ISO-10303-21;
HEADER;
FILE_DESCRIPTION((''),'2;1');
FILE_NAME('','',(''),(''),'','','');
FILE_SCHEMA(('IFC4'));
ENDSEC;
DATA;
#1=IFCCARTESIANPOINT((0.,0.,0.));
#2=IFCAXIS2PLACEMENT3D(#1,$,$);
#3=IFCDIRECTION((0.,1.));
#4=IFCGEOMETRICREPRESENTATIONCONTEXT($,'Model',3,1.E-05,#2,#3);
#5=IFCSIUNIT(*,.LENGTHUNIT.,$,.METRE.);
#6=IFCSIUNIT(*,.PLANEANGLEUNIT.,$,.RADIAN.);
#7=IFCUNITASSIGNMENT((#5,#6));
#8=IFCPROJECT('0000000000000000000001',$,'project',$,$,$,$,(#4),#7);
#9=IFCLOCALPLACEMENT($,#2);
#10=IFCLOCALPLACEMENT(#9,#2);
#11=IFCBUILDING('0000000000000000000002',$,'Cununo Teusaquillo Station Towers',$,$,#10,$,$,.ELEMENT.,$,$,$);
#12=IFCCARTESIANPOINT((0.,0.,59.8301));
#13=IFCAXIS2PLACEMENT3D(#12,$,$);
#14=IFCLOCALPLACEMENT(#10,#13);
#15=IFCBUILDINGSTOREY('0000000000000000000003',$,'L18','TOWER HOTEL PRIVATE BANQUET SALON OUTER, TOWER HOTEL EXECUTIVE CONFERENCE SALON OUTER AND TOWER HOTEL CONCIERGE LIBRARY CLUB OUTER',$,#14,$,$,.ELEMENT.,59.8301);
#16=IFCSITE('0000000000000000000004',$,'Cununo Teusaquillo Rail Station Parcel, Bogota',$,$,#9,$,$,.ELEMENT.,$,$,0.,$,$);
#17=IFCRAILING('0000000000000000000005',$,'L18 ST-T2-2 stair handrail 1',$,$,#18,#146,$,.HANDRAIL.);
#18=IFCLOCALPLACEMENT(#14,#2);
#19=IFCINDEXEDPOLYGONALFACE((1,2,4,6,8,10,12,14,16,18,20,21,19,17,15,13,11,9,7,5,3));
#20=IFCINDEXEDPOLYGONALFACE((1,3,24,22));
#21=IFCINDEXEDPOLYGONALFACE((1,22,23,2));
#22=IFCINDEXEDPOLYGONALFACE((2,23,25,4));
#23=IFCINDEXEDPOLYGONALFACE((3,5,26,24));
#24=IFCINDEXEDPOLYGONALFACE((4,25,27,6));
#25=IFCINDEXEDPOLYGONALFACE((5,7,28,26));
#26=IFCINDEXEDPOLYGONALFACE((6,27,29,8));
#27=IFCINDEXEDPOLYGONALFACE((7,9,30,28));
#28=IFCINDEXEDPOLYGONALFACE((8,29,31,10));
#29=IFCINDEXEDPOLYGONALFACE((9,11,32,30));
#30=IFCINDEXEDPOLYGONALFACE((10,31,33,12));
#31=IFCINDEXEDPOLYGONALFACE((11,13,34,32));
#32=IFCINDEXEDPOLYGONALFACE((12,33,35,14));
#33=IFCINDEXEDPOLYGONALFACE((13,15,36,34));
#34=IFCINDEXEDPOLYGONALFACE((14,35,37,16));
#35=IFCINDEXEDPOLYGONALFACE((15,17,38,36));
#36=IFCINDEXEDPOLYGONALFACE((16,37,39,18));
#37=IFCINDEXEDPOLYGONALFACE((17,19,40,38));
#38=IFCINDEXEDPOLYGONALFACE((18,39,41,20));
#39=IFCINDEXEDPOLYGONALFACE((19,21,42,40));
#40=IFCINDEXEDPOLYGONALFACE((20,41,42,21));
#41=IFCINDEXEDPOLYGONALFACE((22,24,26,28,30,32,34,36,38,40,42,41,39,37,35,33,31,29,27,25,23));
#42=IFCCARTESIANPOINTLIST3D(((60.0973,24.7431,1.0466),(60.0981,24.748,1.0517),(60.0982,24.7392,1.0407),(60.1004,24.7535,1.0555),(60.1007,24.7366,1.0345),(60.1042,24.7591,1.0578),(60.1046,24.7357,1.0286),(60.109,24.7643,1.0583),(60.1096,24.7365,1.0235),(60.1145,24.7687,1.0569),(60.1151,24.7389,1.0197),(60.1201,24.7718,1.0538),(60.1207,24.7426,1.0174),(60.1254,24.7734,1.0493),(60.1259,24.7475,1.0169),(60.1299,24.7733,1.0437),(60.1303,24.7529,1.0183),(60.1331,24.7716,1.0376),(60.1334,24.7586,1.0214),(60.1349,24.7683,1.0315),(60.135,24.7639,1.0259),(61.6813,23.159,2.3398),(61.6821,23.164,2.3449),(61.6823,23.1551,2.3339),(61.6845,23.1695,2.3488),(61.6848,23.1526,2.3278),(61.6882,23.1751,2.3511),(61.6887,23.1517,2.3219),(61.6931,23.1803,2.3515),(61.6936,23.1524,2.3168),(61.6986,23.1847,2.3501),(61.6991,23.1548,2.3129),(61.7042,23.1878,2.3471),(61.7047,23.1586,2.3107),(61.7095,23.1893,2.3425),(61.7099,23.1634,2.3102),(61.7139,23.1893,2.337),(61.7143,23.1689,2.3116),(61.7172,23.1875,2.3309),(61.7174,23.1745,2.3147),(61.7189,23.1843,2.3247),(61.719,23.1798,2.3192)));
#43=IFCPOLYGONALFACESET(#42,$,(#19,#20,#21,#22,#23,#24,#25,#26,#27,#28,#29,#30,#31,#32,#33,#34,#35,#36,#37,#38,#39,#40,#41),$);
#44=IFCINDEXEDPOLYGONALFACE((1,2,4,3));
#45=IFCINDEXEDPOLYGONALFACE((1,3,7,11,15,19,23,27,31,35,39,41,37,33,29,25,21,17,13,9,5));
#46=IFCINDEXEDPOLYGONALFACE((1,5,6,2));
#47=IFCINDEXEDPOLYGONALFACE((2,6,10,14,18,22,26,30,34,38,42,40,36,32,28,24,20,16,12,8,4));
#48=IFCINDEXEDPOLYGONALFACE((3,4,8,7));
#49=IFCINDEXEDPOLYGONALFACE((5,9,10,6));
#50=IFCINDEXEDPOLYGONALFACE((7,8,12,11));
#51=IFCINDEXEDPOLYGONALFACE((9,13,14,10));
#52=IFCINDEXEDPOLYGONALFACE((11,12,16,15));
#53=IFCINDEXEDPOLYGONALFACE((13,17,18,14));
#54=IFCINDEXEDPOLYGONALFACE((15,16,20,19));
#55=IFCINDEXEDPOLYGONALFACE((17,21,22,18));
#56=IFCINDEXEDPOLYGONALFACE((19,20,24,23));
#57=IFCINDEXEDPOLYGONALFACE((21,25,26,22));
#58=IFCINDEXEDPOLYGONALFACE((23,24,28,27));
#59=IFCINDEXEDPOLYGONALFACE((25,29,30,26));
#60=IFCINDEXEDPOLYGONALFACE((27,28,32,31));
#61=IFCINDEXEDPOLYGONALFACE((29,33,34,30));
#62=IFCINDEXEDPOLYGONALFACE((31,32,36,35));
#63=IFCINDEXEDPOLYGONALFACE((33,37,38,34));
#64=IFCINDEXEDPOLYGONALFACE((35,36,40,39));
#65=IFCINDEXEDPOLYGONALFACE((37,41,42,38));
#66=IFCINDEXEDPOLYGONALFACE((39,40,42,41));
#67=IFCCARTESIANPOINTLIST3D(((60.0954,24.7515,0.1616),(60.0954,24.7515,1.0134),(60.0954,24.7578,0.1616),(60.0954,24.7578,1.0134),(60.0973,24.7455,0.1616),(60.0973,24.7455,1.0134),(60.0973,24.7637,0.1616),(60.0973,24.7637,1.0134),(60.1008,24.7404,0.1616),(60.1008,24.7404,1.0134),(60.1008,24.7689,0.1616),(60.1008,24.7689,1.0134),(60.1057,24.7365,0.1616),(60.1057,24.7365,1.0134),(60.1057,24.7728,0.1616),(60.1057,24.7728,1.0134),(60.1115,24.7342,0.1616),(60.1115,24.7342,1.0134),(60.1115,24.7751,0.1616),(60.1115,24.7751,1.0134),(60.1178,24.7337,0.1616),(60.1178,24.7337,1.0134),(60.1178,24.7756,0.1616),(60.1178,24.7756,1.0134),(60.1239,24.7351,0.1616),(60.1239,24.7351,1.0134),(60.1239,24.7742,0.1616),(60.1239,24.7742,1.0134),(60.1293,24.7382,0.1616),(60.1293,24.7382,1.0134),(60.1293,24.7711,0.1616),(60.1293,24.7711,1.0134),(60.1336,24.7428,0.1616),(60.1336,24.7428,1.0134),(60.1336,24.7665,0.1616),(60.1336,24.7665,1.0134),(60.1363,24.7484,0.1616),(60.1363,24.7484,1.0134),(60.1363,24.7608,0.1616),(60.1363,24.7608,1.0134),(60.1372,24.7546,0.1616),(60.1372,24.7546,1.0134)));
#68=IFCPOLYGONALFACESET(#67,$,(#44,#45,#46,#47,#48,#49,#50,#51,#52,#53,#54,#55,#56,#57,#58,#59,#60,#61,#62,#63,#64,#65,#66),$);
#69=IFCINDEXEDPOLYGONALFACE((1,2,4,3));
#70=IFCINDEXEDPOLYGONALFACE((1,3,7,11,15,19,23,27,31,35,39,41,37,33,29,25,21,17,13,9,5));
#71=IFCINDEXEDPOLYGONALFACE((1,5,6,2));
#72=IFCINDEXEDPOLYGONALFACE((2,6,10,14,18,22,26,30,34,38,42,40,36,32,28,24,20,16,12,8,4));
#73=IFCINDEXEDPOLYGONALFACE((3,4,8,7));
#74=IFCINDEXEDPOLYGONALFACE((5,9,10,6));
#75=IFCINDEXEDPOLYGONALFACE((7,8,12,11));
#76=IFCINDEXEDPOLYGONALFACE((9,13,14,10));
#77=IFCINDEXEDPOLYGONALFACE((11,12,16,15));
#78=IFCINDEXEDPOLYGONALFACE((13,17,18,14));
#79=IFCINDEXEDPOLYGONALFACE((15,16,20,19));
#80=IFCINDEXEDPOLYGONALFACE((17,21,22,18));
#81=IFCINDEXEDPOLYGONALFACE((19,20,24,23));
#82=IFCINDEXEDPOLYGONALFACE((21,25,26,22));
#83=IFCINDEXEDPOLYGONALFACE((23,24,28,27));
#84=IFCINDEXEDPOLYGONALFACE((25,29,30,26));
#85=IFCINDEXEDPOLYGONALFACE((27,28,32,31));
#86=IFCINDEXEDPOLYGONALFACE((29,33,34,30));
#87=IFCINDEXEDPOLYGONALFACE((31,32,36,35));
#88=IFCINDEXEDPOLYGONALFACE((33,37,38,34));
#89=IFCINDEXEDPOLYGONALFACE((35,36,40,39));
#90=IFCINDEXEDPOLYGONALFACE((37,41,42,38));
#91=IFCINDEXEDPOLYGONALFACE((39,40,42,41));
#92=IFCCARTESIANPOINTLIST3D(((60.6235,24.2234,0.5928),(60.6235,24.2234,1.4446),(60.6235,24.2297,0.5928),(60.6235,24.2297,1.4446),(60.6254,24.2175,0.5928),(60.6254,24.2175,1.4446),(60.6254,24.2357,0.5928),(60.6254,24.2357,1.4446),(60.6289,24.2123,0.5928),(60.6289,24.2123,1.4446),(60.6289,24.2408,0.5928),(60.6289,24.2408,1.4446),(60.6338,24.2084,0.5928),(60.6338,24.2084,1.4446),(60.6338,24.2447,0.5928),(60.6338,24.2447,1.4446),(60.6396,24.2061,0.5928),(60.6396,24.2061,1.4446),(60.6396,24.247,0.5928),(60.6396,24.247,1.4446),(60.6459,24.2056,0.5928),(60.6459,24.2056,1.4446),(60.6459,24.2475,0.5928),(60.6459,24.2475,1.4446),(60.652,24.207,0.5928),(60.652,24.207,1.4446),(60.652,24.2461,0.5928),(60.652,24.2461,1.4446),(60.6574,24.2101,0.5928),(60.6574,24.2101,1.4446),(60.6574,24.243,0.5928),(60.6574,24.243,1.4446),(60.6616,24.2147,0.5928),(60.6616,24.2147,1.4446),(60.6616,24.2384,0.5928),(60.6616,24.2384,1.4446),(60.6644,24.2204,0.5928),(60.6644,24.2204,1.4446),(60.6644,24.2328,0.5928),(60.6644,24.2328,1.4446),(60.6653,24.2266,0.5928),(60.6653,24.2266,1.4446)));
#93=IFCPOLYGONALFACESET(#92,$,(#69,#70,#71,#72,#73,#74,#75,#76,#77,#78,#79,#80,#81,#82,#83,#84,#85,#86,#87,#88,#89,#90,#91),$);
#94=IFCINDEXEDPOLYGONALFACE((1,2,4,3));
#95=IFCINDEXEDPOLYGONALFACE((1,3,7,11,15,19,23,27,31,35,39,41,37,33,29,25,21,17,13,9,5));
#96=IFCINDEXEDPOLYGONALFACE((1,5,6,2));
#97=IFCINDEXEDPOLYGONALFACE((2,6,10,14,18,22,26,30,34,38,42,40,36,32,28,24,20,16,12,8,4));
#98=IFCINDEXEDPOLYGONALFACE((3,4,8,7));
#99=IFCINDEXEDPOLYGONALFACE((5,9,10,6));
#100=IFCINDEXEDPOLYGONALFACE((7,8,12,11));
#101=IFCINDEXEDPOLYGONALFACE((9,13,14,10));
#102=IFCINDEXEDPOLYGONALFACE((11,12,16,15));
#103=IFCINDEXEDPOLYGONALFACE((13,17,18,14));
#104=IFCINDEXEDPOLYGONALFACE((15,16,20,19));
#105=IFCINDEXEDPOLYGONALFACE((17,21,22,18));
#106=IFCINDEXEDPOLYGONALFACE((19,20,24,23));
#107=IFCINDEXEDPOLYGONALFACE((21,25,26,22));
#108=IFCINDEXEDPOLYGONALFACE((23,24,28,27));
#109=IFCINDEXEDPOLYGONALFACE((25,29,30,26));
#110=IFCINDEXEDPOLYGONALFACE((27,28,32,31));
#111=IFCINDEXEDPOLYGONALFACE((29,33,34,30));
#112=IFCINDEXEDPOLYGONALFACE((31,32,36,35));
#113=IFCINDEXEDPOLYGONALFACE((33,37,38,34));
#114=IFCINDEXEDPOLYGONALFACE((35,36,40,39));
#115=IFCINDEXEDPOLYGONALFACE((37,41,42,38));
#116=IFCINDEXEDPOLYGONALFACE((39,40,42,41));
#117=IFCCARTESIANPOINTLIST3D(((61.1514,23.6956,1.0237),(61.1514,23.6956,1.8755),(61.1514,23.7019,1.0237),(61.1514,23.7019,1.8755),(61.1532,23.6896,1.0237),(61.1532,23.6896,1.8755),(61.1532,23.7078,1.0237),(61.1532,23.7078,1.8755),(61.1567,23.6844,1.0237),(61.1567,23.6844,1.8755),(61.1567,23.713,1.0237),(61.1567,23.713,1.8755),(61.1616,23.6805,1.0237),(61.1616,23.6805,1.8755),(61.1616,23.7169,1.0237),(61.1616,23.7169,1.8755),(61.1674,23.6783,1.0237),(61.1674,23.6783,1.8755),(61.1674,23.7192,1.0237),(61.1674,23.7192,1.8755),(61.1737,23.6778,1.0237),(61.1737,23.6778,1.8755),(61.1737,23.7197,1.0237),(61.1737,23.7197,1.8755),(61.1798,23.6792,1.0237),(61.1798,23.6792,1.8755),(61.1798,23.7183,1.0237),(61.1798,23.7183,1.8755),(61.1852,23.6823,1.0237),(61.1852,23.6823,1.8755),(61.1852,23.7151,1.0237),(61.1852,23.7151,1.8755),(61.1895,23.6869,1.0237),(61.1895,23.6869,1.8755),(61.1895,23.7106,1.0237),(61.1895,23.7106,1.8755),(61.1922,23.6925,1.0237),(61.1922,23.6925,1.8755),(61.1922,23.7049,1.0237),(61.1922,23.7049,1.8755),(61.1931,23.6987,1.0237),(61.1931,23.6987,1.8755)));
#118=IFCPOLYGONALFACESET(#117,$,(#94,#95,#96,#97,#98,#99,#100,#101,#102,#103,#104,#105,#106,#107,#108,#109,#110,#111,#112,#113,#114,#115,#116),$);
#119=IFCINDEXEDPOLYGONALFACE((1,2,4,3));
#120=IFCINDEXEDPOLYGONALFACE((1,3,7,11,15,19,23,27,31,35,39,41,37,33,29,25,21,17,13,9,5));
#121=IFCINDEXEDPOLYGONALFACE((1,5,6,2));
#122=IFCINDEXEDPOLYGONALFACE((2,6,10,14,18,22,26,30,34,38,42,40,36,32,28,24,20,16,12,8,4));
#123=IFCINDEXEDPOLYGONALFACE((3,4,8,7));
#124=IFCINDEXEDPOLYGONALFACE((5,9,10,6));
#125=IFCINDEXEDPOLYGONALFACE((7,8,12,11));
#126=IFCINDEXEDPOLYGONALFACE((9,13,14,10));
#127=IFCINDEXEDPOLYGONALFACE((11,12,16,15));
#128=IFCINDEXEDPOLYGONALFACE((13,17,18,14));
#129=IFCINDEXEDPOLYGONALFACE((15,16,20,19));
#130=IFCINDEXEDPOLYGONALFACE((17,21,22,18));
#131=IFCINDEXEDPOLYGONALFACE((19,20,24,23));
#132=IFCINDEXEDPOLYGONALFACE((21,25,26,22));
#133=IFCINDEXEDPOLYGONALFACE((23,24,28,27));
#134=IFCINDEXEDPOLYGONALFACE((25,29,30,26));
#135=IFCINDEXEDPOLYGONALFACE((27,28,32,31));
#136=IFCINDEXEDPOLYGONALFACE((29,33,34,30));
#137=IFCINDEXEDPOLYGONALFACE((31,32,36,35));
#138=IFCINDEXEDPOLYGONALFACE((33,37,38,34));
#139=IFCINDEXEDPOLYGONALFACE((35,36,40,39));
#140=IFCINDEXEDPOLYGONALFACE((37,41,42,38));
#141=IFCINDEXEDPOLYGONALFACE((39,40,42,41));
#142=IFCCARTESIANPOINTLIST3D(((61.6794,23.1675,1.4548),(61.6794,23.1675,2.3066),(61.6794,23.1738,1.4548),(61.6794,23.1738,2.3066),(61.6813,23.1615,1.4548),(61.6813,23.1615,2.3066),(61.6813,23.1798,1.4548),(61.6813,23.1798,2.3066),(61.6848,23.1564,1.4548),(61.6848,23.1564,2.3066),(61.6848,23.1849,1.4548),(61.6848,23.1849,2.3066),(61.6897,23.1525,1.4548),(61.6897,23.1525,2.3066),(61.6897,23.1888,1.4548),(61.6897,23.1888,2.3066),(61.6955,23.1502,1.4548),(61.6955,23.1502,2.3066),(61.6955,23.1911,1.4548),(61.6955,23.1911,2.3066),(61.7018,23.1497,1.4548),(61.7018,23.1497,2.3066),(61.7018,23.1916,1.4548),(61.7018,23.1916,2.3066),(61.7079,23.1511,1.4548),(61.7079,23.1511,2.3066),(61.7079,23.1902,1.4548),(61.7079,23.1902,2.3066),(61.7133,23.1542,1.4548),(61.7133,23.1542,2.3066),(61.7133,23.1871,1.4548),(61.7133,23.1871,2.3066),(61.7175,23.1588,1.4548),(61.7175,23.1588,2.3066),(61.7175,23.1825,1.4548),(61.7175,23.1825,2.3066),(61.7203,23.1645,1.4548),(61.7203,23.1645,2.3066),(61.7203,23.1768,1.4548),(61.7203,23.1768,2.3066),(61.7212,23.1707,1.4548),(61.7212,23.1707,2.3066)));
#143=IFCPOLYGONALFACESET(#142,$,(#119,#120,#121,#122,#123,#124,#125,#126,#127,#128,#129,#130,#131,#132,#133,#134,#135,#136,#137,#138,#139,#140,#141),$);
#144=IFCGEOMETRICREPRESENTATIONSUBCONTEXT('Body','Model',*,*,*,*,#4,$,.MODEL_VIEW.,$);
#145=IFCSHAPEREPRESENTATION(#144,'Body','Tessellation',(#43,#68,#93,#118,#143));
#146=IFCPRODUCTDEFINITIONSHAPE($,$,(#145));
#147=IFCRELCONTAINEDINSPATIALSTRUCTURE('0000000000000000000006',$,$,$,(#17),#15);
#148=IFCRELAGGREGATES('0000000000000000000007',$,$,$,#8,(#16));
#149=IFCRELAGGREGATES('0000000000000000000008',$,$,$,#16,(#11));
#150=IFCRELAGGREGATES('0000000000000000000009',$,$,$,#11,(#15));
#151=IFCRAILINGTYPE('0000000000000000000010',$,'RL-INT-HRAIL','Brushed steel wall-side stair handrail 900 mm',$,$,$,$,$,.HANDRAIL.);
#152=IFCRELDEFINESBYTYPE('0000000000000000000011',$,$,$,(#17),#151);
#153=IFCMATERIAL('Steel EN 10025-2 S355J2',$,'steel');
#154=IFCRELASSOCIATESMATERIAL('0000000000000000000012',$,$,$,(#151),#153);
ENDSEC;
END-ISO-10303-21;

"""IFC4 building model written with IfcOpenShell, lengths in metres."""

from ifc_helpers import new_model, si_unit, direction, frame, origin, origin_2d, place, context, subcontext, project, spatial, circle, extrude, material, type_object, element, save


model = new_model("IFC4")

# Units and contexts
model_context = context("Model", 3, precision=1e-05, world=origin(), true_north=direction((0.0, 1.0)))
body_context = subcontext(model_context, "Body", "Model", "MODEL_VIEW")
ifc_project = project(units=[si_unit("LENGTHUNIT", "METRE"), si_unit("PLANEANGLEUNIT", "RADIAN")], contexts=[model_context])

# Site, building, storey
site_placement = place(None, origin())
site = spatial("IfcSite", under=ifc_project, at=site_placement, Name="Cununo Teusaquillo Rail Station Parcel, Bogota", CompositionType="ELEMENT", RefElevation=0.0)
building_placement = place(site_placement, origin())
building = spatial("IfcBuilding", under=site, at=building_placement, Name="Cununo Teusaquillo Station Towers", CompositionType="ELEMENT")
storey_placement = place(building_placement, frame((0.0, 0.0, 59.8301)))
storey = spatial("IfcBuildingStorey", under=building, at=storey_placement, Name="L18", Description="TOWER HOTEL PRIVATE BANQUET SALON OUTER, TOWER HOTEL EXECUTIVE CONFERENCE SALON OUTER AND TOWER HOTEL CONCIERGE LIBRARY CLUB OUTER", CompositionType="ELEMENT", Elevation=59.8301)

# Railing
ifc_material_1 = material(Name="Steel EN 10025-2 S355J2", Category="steel")
railing_type_1 = type_object("IfcRailingType", Name="RL-INT-HRAIL", Description="Brushed steel wall-side stair handrail 900 mm", PredefinedType="HANDRAIL", material=ifc_material_1)
railing_1_placement = place(storey_placement, frame((60.1162, 24.7546, 0.1616)))
element("IfcRailing", 1, at=railing_1_placement, inside=storey, type_object=railing_type_1, Name="L18 ST-T2-2 stair handrail 1", PredefinedType="HANDRAIL", context=body_context, shape_type="SweptSolid", body=[
    extrude(circle(Radius=0.0239, at=origin_2d()), frame((0.0, 0.0, 0.876), z_axis=(0.612385, -0.612385, 0.49997), x_axis=(0.707107, 0.707107, 0.0)), (0.0, 0.0, 1.0), 2.5867),
    extrude(circle(Radius=0.021, at=origin_2d()), origin(), (0.0, 0.0, 1.0), 0.8518),
    extrude(circle(Radius=0.021, at=origin_2d()), frame((0.5281, -0.5281, 0.4312)), (0.0, 0.0, 1.0), 0.8518),
    extrude(circle(Radius=0.021, at=origin_2d()), frame((1.0559, -1.0559, 0.8621)), (0.0, 0.0, 1.0), 0.8518),
    extrude(circle(Radius=0.021, at=origin_2d()), frame((1.584, -1.584, 1.2932)), (0.0, 0.0, 1.0), 0.8518),
])

save(model, "model.ifc")
